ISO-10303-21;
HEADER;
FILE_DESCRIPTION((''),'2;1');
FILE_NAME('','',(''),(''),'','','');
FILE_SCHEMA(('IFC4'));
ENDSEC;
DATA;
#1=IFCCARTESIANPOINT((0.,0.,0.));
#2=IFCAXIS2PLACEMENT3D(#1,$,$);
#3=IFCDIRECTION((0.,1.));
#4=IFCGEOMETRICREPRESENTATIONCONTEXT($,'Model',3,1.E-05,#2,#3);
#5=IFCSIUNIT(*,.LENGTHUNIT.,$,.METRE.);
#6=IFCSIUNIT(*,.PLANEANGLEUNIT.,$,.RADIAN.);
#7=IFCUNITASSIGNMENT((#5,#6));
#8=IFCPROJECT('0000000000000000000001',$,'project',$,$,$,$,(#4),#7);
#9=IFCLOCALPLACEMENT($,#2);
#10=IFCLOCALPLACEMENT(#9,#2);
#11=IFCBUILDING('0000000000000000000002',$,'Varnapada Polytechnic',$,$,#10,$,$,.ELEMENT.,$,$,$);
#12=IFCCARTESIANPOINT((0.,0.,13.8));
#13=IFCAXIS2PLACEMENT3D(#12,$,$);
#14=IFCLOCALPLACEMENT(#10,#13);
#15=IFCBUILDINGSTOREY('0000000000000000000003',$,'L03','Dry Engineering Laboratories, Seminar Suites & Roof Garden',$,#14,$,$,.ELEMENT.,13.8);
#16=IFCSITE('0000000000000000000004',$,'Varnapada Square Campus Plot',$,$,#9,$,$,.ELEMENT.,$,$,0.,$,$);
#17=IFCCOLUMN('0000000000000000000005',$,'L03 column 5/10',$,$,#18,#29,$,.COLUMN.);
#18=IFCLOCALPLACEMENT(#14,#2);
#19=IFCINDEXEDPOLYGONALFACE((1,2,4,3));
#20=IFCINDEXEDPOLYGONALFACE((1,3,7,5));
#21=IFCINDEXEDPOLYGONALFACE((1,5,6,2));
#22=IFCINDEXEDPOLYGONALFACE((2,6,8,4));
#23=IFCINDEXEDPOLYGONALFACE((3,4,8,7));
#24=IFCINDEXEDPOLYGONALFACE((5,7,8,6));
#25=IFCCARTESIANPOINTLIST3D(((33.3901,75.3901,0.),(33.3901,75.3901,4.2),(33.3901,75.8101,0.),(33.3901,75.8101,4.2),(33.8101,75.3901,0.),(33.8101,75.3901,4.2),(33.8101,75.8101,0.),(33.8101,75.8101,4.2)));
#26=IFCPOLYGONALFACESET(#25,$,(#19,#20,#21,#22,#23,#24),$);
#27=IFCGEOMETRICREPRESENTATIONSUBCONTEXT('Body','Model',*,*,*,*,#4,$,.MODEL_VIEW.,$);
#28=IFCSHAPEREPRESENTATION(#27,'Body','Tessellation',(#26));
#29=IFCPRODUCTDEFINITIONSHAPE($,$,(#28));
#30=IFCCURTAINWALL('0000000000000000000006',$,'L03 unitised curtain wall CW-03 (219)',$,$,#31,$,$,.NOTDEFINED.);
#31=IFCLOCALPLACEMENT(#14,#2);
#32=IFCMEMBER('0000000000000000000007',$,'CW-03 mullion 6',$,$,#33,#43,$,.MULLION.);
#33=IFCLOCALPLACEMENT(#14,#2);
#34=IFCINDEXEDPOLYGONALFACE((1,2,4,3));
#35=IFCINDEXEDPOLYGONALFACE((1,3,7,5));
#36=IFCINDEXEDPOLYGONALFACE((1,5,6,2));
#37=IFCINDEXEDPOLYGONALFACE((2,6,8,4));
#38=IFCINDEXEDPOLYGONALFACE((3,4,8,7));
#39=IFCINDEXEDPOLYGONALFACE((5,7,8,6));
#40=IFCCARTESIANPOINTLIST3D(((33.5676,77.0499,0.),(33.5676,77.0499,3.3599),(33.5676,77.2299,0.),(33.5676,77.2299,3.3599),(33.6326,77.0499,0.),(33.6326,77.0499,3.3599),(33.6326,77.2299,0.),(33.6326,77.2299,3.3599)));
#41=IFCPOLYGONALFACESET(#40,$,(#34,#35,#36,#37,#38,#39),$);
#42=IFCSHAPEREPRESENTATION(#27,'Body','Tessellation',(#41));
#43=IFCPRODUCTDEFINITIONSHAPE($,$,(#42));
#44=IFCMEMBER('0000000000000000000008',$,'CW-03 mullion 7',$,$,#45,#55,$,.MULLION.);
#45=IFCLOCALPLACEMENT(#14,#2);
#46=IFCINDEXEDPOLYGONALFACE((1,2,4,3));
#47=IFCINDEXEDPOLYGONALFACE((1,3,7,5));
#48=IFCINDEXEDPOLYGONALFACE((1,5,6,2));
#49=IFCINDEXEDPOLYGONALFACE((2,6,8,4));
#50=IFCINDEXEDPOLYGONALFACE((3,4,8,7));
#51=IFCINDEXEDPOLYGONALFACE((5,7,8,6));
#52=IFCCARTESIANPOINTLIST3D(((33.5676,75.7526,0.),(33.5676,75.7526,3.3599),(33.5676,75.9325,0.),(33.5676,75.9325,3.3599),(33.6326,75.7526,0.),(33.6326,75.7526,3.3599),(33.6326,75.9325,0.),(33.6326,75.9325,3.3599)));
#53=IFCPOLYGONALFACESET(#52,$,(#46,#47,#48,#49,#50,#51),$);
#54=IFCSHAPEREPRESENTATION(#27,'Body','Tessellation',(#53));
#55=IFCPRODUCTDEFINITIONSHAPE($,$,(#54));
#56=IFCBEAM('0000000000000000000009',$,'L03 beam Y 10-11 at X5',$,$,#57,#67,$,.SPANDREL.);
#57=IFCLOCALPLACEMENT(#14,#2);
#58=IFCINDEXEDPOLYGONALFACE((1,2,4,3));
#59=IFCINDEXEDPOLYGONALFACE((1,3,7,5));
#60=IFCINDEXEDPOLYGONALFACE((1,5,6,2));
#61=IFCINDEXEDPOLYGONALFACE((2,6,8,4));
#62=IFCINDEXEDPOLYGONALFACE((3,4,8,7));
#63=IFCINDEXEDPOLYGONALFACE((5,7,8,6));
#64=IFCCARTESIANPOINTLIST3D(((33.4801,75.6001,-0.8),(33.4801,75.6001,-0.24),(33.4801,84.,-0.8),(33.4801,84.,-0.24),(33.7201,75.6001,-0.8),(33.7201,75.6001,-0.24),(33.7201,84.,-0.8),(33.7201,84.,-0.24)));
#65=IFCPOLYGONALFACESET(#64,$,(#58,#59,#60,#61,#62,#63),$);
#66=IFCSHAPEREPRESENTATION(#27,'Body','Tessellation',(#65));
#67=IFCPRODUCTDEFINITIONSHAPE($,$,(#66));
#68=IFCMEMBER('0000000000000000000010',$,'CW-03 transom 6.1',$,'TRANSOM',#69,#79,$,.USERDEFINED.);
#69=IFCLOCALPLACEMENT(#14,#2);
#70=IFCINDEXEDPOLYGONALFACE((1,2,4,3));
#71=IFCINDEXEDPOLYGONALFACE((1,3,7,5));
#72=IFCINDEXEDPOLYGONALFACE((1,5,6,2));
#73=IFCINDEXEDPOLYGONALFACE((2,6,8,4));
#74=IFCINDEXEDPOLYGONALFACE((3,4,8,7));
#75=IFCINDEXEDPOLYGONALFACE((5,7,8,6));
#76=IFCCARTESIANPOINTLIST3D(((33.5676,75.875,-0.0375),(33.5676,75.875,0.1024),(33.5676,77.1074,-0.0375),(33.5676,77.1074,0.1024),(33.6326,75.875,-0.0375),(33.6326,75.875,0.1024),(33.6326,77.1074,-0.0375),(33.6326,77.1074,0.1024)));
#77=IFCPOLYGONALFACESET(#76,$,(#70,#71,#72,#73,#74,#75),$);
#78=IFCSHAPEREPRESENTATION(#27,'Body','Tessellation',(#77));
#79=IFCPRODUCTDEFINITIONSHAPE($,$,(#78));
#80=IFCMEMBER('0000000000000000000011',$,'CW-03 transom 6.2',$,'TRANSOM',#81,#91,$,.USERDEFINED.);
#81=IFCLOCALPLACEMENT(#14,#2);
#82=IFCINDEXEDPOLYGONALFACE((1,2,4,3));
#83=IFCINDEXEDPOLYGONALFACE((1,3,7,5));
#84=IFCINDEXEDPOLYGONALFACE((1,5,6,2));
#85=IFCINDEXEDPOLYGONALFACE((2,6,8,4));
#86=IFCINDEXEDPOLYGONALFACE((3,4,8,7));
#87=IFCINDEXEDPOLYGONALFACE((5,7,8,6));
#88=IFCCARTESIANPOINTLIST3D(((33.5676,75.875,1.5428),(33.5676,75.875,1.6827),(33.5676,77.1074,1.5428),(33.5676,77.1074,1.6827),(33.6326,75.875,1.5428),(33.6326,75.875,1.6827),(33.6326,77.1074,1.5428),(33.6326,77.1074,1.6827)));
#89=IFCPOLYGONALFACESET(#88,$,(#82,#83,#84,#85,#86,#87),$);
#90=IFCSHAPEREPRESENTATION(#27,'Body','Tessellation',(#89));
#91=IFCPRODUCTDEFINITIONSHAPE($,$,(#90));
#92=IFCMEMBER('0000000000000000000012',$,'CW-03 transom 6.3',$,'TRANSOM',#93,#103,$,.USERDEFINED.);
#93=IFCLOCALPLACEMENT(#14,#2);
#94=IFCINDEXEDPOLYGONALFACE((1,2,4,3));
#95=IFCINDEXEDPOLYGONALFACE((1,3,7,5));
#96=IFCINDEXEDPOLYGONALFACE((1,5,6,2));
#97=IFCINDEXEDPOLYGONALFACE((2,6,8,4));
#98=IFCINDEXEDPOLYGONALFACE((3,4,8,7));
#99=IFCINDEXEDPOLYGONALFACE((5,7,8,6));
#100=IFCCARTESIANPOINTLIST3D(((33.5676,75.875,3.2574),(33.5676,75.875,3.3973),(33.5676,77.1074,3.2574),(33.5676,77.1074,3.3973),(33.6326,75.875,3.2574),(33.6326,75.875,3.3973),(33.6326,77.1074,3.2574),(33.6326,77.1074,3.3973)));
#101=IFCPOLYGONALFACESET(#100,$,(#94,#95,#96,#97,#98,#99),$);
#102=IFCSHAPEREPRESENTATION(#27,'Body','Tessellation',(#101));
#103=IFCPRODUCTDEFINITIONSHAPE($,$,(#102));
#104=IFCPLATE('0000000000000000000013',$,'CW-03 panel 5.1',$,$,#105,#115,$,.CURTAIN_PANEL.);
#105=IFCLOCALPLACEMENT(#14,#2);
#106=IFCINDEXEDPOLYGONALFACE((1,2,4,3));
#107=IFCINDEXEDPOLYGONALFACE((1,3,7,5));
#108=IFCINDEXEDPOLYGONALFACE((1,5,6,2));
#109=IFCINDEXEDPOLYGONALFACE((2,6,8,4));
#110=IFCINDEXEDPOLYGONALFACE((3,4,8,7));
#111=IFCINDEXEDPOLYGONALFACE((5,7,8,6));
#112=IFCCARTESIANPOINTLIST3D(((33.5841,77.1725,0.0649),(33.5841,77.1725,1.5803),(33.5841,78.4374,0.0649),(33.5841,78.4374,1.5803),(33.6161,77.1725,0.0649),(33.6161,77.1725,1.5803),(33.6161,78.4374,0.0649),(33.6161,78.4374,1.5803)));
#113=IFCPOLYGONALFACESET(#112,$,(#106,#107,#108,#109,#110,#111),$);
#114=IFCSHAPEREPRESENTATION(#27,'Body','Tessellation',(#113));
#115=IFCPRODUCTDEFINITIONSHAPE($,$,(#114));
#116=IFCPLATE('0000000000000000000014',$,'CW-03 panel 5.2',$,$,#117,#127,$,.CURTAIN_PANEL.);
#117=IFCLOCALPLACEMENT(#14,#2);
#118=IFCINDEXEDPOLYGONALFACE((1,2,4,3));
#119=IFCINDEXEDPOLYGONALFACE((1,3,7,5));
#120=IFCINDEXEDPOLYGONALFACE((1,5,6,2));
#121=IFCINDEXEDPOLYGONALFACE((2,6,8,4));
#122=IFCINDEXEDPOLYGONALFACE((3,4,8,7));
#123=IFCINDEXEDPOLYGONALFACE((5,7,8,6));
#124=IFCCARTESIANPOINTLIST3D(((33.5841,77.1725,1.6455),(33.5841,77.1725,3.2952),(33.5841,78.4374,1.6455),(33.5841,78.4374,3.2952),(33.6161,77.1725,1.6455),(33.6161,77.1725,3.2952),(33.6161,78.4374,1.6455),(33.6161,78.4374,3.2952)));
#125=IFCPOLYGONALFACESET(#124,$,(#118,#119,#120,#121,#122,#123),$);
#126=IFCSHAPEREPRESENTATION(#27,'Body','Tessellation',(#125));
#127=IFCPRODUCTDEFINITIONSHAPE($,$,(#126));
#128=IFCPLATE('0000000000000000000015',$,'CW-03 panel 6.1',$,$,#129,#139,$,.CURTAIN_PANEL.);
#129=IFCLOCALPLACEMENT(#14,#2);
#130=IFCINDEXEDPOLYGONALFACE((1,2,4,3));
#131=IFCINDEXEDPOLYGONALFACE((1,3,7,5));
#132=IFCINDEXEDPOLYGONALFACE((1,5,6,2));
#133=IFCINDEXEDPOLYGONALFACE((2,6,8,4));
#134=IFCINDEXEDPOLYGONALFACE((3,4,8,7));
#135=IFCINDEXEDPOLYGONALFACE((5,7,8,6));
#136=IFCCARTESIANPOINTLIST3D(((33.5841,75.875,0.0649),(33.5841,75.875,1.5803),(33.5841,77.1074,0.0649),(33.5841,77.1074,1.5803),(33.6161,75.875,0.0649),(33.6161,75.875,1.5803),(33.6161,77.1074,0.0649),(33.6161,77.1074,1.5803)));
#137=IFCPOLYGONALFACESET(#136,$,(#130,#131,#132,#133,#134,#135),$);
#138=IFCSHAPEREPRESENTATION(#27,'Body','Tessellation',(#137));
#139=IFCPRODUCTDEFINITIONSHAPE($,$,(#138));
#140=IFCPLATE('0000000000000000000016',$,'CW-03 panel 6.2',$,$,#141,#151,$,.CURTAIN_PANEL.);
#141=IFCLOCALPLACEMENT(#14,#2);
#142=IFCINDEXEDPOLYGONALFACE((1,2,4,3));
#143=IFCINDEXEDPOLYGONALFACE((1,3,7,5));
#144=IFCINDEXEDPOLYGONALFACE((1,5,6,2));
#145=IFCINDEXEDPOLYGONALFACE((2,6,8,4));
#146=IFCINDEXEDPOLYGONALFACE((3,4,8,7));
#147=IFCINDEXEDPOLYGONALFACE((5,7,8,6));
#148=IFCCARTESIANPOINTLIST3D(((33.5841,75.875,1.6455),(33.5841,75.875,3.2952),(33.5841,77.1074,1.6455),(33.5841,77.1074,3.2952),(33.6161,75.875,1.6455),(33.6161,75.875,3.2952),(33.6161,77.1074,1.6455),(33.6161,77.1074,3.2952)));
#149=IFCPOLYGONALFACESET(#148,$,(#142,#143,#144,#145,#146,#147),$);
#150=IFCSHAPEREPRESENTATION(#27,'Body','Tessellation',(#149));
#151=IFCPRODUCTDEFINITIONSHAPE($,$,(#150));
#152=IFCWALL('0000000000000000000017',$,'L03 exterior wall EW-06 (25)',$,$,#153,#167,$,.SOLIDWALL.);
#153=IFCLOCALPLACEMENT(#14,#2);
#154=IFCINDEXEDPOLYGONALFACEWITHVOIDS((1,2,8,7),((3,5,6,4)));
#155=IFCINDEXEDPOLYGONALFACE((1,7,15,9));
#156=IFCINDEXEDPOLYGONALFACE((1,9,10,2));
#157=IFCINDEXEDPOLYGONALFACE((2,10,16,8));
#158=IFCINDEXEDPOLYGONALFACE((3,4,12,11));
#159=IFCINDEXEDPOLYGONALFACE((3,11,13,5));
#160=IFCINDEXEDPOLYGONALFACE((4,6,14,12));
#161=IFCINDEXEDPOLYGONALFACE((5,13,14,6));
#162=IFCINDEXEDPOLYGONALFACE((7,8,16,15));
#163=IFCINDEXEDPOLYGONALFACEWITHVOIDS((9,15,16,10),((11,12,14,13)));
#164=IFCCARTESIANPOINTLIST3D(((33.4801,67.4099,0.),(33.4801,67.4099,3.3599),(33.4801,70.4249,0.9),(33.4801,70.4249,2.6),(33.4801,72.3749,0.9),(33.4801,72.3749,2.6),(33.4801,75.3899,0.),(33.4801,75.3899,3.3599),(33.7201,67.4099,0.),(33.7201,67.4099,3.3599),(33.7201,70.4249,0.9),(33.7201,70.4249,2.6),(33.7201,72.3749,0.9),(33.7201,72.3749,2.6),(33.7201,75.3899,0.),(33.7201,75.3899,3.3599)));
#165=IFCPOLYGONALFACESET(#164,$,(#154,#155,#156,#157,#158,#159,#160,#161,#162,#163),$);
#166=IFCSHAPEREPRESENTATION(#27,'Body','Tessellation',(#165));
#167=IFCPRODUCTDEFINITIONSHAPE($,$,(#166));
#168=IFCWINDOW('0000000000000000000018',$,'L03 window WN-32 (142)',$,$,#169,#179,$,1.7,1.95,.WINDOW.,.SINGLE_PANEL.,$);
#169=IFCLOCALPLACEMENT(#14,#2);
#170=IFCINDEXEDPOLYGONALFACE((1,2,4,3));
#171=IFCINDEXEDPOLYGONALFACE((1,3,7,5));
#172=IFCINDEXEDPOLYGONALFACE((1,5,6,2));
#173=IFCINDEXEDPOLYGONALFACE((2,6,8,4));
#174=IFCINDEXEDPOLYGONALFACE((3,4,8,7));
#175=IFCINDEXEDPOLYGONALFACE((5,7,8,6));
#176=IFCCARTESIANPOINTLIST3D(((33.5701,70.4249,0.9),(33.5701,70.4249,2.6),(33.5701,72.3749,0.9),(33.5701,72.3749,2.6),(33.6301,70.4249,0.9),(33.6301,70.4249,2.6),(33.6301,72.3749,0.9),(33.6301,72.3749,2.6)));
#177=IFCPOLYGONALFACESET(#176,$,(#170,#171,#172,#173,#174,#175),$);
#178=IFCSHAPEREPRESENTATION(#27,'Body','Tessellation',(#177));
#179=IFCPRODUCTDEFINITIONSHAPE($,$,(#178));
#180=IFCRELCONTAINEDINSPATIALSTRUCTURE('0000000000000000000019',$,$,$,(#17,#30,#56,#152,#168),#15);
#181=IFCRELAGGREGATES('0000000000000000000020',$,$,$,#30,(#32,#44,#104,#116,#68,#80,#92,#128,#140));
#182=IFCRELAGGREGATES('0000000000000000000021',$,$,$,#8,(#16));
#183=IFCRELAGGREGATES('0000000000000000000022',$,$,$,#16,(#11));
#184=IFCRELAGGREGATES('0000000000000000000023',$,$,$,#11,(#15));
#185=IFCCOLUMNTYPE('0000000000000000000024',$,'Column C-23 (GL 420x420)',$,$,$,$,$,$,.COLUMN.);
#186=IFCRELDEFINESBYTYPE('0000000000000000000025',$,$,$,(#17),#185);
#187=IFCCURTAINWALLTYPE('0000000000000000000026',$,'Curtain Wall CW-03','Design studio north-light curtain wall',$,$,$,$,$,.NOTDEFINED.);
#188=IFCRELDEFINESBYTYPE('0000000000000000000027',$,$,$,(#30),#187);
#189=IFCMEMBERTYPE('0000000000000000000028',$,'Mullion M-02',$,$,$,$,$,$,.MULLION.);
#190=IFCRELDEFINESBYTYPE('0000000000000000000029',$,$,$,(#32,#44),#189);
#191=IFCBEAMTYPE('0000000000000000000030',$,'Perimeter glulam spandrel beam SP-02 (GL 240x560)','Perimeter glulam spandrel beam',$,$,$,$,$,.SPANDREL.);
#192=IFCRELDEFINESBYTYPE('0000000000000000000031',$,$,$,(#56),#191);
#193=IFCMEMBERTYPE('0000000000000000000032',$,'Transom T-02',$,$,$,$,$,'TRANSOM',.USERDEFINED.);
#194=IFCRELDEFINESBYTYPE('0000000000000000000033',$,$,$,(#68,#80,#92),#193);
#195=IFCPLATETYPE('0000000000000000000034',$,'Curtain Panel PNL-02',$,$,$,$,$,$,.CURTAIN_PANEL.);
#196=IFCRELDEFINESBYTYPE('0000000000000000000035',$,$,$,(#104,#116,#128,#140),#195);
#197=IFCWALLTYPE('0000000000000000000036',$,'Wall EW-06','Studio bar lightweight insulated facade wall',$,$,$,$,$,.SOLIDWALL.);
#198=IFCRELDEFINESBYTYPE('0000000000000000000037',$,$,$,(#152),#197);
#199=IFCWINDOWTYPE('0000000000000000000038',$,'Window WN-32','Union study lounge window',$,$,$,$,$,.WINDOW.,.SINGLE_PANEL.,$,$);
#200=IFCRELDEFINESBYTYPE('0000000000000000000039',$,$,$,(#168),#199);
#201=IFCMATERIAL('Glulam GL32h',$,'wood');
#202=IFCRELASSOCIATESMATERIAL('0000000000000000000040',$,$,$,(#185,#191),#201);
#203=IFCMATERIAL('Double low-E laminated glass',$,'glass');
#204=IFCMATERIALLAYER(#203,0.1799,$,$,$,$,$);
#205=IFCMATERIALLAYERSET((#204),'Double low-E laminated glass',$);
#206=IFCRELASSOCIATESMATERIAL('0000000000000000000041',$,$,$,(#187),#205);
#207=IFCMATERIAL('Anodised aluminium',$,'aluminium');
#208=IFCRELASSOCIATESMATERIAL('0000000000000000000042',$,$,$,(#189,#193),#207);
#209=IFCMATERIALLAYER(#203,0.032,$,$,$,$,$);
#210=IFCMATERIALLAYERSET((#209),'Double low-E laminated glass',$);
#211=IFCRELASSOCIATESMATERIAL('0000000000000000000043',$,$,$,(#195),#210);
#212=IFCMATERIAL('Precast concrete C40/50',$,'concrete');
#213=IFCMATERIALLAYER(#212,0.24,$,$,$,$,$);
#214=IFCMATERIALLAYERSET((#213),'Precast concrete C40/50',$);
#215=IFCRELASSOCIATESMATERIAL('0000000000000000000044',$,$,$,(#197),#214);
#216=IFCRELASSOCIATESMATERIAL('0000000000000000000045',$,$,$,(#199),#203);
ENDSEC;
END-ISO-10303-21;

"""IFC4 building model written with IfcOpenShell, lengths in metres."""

from ifc_helpers import new_model, si_unit, direction, frame, frame_2d, origin, origin_2d, place, context, subcontext, project, spatial, rectangle, extrude, material, layer, layer_set, material_profile, profile_set, type_object, element, fill, aggregate, save


model = new_model("IFC4")

# Units and contexts
model_context = context("Model", 3, precision=1e-05, world=origin(), true_north=direction((0.0, 1.0)))
body_context = subcontext(model_context, "Body", "Model", "MODEL_VIEW")
ifc_project = project(units=[si_unit("LENGTHUNIT", "METRE"), si_unit("PLANEANGLEUNIT", "RADIAN")], contexts=[model_context])

# Site, building, storey
site_placement = place(None, origin())
site = spatial("IfcSite", under=ifc_project, at=site_placement, Name="Varnapada Square Campus Plot", CompositionType="ELEMENT", RefElevation=0.0)
building_placement = place(site_placement, origin())
building = spatial("IfcBuilding", under=site, at=building_placement, Name="Varnapada Polytechnic", CompositionType="ELEMENT")
storey_placement = place(building_placement, frame((0.0, 0.0, 13.8)))
storey = spatial("IfcBuildingStorey", under=building, at=storey_placement, Name="L03", Description="Dry Engineering Laboratories, Seminar Suites & Roof Garden", CompositionType="ELEMENT", Elevation=13.8)

# Column
ifc_material_1 = material(Name="Glulam GL32h", Category="wood")
ifc_material_profile_1 = material_profile(ifc_material_1, rectangle(XDim=0.4199, YDim=0.4199, at=origin_2d()), Name="GL 420x420")
ifc_profile_set_1 = profile_set([ifc_material_profile_1], Name="Glulam GL32h")
column_type = type_object("IfcColumnType", Name="Column C-23 (GL 420x420)", PredefinedType="COLUMN", material=ifc_profile_set_1)
column_placement = place(storey_placement, frame((33.6001, 75.6001, 0.0), z_axis=(0.0, 0.0, 1.0), x_axis=(1.0, 0.0, 0.0)))
element("IfcColumn", 1, at=column_placement, inside=storey, type_object=column_type, Name="L03 column 5/10", PredefinedType="COLUMN", context=body_context, shape_type="SweptSolid", body=[
    extrude(rectangle(XDim=0.4199, YDim=0.4199, at=origin_2d()), origin(), (0.0, 0.0, 1.0), 4.2),
])

# Curtain wall, members
ifc_material_2 = material(Name="Double low-E laminated glass", Category="glass")
ifc_layer_1 = layer(ifc_material_2, 0.1799)
ifc_layer_set_1 = layer_set([ifc_layer_1], Name="Double low-E laminated glass")
curtain_wall_type = type_object("IfcCurtainWallType", Name="Curtain Wall CW-03", Description="Design studio north-light curtain wall", PredefinedType="NOTDEFINED", material=ifc_layer_set_1)
curtain_wall_placement = place(storey_placement, origin())
curtain_wall = element("IfcCurtainWall", 2, at=curtain_wall_placement, inside=storey, type_object=curtain_wall_type, Name="L03 unitised curtain wall CW-03 (219)", PredefinedType="NOTDEFINED")
ifc_material_3 = material(Name="Anodised aluminium", Category="aluminium")
ifc_material_profile_2 = material_profile(ifc_material_3, rectangle(XDim=0.0649, YDim=0.1799, at=origin_2d()), Name="ALU M65x180")
ifc_profile_set_2 = profile_set([ifc_material_profile_2], Name="Anodised aluminium")
member_type_1 = type_object("IfcMemberType", Name="Mullion M-02", PredefinedType="MULLION", material=ifc_profile_set_2)
member_1_placement = place(storey_placement, frame((33.6001, 77.1399, 0.0), z_axis=(0.0, 0.0, 1.0), x_axis=(1.0, 0.0, 0.0)))
member_1 = element("IfcMember", 3, at=member_1_placement, type_object=member_type_1, Name="CW-03 mullion 6", PredefinedType="MULLION", context=body_context, shape_type="SweptSolid", body=[
    extrude(rectangle(XDim=0.0649, YDim=0.1799, at=origin_2d()), origin(), (0.0, 0.0, 1.0), 3.3599),
])
member_2_placement = place(storey_placement, frame((33.6001, 75.8425, 0.0), z_axis=(0.0, 0.0, 1.0), x_axis=(1.0, 0.0, 0.0)))
member_2 = element("IfcMember", 4, at=member_2_placement, type_object=member_type_1, Name="CW-03 mullion 7", PredefinedType="MULLION", context=body_context, shape_type="SweptSolid", body=[
    extrude(rectangle(XDim=0.0649, YDim=0.1799, at=origin_2d()), origin(), (0.0, 0.0, 1.0), 3.3599),
])

# Beam
ifc_material_profile_3 = material_profile(ifc_material_1, rectangle(XDim=0.24, YDim=0.5601, at=origin_2d()), Name="GL 240x560")
ifc_profile_set_3 = profile_set([ifc_material_profile_3], Name="Glulam GL32h")
beam_type = type_object("IfcBeamType", Name="Perimeter glulam spandrel beam SP-02 (GL 240x560)", Description="Perimeter glulam spandrel beam", PredefinedType="SPANDREL", material=ifc_profile_set_3)
beam_placement = place(storey_placement, frame((33.6001, 75.6001, -0.52), z_axis=(0.0, 1.0, 0.0), x_axis=(-1.0, 0.0, 0.0)))
element("IfcBeam", 5, at=beam_placement, inside=storey, type_object=beam_type, Name="L03 beam Y 10-11 at X5", PredefinedType="SPANDREL", context=body_context, shape_type="SweptSolid", body=[
    extrude(rectangle(XDim=0.24, YDim=0.5601, at=origin_2d()), origin(), (0.0, 0.0, 1.0), 8.3999),
])

# Members
ifc_material_profile_4 = material_profile(ifc_material_3, rectangle(XDim=0.0649, YDim=0.1399, at=origin_2d()), Name="ALU T65x140")
ifc_profile_set_4 = profile_set([ifc_material_profile_4], Name="Anodised aluminium")
member_type_2 = type_object("IfcMemberType", Name="Transom T-02", ElementType="TRANSOM", PredefinedType="USERDEFINED", material=ifc_profile_set_4)
member_3_placement = place(storey_placement, frame((33.6001, 77.1074, 0.0325), z_axis=(0.0, -1.0, 0.0), x_axis=(1.0, 0.0, 0.0)))
member_3 = element("IfcMember", 6, at=member_3_placement, type_object=member_type_2, Name="CW-03 transom 6.1", ObjectType="TRANSOM", PredefinedType="USERDEFINED", context=body_context, shape_type="SweptSolid", body=[
    extrude(rectangle(XDim=0.0649, YDim=0.1399, at=origin_2d()), origin(), (0.0, 0.0, 1.0), 1.2324),
])
member_4_placement = place(storey_placement, frame((33.6001, 77.1074, 1.6128), z_axis=(0.0, -1.0, 0.0), x_axis=(1.0, 0.0, 0.0)))
member_4 = element("IfcMember", 7, at=member_4_placement, type_object=member_type_2, Name="CW-03 transom 6.2", ObjectType="TRANSOM", PredefinedType="USERDEFINED", context=body_context, shape_type="SweptSolid", body=[
    extrude(rectangle(XDim=0.0649, YDim=0.1399, at=origin_2d()), origin(), (0.0, 0.0, 1.0), 1.2324),
])
member_5_placement = place(storey_placement, frame((33.6001, 77.1074, 3.3274), z_axis=(0.0, -1.0, 0.0), x_axis=(1.0, 0.0, 0.0)))
member_5 = element("IfcMember", 8, at=member_5_placement, type_object=member_type_2, Name="CW-03 transom 6.3", ObjectType="TRANSOM", PredefinedType="USERDEFINED", context=body_context, shape_type="SweptSolid", body=[
    extrude(rectangle(XDim=0.0649, YDim=0.1399, at=origin_2d()), origin(), (0.0, 0.0, 1.0), 1.2324),
])

# Plates
ifc_layer_2 = layer(ifc_material_2, 0.032)
ifc_layer_set_2 = layer_set([ifc_layer_2], Name="Double low-E laminated glass")
plate_type = type_object("IfcPlateType", Name="Curtain Panel PNL-02", PredefinedType="CURTAIN_PANEL", material=ifc_layer_set_2)
plate_1_placement = place(storey_placement, frame((33.6001, 77.8049, 0.0649), z_axis=(0.0, 0.0, 1.0), x_axis=(0.0, -1.0, 0.0)))
plate_1 = element("IfcPlate", 9, at=plate_1_placement, type_object=plate_type, Name="CW-03 panel 5.1", PredefinedType="CURTAIN_PANEL", context=body_context, shape_type="SweptSolid", body=[
    extrude(rectangle(XDim=1.2649, YDim=0.032, at=origin_2d()), origin(), (0.0, 0.0, 1.0), 1.5154),
])
plate_2_placement = place(storey_placement, frame((33.6001, 77.8049, 1.6455), z_axis=(0.0, 0.0, 1.0), x_axis=(0.0, -1.0, 0.0)))
plate_2 = element("IfcPlate", 10, at=plate_2_placement, type_object=plate_type, Name="CW-03 panel 5.2", PredefinedType="CURTAIN_PANEL", context=body_context, shape_type="SweptSolid", body=[
    extrude(rectangle(XDim=1.2649, YDim=0.032, at=origin_2d()), origin(), (0.0, 0.0, 1.0), 1.6497),
])
plate_3_placement = place(storey_placement, frame((33.6001, 76.4912, 0.0649), z_axis=(0.0, 0.0, 1.0), x_axis=(0.0, -1.0, 0.0)))
plate_3 = element("IfcPlate", 11, at=plate_3_placement, type_object=plate_type, Name="CW-03 panel 6.1", PredefinedType="CURTAIN_PANEL", context=body_context, shape_type="SweptSolid", body=[
    extrude(rectangle(XDim=1.2324, YDim=0.032, at=origin_2d()), origin(), (0.0, 0.0, 1.0), 1.5154),
])
plate_4_placement = place(storey_placement, frame((33.6001, 76.4912, 1.6455), z_axis=(0.0, 0.0, 1.0), x_axis=(0.0, -1.0, 0.0)))
plate_4 = element("IfcPlate", 12, at=plate_4_placement, type_object=plate_type, Name="CW-03 panel 6.2", PredefinedType="CURTAIN_PANEL", context=body_context, shape_type="SweptSolid", body=[
    extrude(rectangle(XDim=1.2324, YDim=0.032, at=origin_2d()), origin(), (0.0, 0.0, 1.0), 1.6497),
])
aggregate(curtain_wall, [member_1, member_2, plate_1, plate_2, member_3, member_4, member_5, plate_3, plate_4])

# Wall, opening, window
ifc_material_4 = material(Name="Precast concrete C40/50", Category="concrete")
ifc_layer_3 = layer(ifc_material_4, 0.24)
ifc_layer_set_3 = layer_set([ifc_layer_3], Name="Precast concrete C40/50")
wall_type = type_object("IfcWallType", Name="Wall EW-06", Description="Studio bar lightweight insulated facade wall", PredefinedType="SOLIDWALL", material=ifc_layer_set_3)
wall_placement = place(storey_placement, frame((33.6001, 75.3899, 0.0), z_axis=(0.0, 0.0, 1.0), x_axis=(0.0, -1.0, 0.0)))
wall = element("IfcWall", 13, at=wall_placement, inside=storey, type_object=wall_type, Name="L03 exterior wall EW-06 (25)", PredefinedType="SOLIDWALL", context=body_context, shape_type="SweptSolid", body=[
    extrude(rectangle(XDim=7.98, YDim=0.24, at=frame_2d((3.99, 0.0))), origin(), (0.0, 0.0, 1.0), 3.3599),
])
opening_1_placement = place(wall_placement, frame((3.0149, 0.0, 0.8999)))
opening_1 = element("IfcOpeningElement", 14, at=opening_1_placement, cuts=wall, PredefinedType="OPENING", context=body_context, shape_type="SweptSolid", body=[
    extrude(rectangle(XDim=1.95, YDim=1.7, at=frame_2d((0.9751, 0.8501))), frame((0.0, 0.1299, 0.0), z_axis=(0.0, -1.0, 0.0), x_axis=(1.0, 0.0, 0.0)), (0.0, 0.0, 1.0), 0.26),
])
window_type = type_object("IfcWindowType", Name="Window WN-32", Description="Union study lounge window", PartitioningType="SINGLE_PANEL", PredefinedType="WINDOW", material=ifc_material_2)
window_placement = place(opening_1_placement, origin())
window = element("IfcWindow", 15, at=window_placement, inside=storey, type_object=window_type, Name="L03 window WN-32 (142)", OverallHeight=1.7, OverallWidth=1.95, PartitioningType="SINGLE_PANEL", PredefinedType="WINDOW", context=body_context, shape_type="SweptSolid", body=[
    extrude(rectangle(XDim=1.95, YDim=1.7, at=frame_2d((0.9751, 0.8501))), frame((0.0, 0.03, 0.0), z_axis=(0.0, -1.0, 0.0), x_axis=(1.0, 0.0, 0.0)), (0.0, 0.0, 1.0), 0.0601),
])
fill(opening_1, window)

save(model, "model.ifc")
